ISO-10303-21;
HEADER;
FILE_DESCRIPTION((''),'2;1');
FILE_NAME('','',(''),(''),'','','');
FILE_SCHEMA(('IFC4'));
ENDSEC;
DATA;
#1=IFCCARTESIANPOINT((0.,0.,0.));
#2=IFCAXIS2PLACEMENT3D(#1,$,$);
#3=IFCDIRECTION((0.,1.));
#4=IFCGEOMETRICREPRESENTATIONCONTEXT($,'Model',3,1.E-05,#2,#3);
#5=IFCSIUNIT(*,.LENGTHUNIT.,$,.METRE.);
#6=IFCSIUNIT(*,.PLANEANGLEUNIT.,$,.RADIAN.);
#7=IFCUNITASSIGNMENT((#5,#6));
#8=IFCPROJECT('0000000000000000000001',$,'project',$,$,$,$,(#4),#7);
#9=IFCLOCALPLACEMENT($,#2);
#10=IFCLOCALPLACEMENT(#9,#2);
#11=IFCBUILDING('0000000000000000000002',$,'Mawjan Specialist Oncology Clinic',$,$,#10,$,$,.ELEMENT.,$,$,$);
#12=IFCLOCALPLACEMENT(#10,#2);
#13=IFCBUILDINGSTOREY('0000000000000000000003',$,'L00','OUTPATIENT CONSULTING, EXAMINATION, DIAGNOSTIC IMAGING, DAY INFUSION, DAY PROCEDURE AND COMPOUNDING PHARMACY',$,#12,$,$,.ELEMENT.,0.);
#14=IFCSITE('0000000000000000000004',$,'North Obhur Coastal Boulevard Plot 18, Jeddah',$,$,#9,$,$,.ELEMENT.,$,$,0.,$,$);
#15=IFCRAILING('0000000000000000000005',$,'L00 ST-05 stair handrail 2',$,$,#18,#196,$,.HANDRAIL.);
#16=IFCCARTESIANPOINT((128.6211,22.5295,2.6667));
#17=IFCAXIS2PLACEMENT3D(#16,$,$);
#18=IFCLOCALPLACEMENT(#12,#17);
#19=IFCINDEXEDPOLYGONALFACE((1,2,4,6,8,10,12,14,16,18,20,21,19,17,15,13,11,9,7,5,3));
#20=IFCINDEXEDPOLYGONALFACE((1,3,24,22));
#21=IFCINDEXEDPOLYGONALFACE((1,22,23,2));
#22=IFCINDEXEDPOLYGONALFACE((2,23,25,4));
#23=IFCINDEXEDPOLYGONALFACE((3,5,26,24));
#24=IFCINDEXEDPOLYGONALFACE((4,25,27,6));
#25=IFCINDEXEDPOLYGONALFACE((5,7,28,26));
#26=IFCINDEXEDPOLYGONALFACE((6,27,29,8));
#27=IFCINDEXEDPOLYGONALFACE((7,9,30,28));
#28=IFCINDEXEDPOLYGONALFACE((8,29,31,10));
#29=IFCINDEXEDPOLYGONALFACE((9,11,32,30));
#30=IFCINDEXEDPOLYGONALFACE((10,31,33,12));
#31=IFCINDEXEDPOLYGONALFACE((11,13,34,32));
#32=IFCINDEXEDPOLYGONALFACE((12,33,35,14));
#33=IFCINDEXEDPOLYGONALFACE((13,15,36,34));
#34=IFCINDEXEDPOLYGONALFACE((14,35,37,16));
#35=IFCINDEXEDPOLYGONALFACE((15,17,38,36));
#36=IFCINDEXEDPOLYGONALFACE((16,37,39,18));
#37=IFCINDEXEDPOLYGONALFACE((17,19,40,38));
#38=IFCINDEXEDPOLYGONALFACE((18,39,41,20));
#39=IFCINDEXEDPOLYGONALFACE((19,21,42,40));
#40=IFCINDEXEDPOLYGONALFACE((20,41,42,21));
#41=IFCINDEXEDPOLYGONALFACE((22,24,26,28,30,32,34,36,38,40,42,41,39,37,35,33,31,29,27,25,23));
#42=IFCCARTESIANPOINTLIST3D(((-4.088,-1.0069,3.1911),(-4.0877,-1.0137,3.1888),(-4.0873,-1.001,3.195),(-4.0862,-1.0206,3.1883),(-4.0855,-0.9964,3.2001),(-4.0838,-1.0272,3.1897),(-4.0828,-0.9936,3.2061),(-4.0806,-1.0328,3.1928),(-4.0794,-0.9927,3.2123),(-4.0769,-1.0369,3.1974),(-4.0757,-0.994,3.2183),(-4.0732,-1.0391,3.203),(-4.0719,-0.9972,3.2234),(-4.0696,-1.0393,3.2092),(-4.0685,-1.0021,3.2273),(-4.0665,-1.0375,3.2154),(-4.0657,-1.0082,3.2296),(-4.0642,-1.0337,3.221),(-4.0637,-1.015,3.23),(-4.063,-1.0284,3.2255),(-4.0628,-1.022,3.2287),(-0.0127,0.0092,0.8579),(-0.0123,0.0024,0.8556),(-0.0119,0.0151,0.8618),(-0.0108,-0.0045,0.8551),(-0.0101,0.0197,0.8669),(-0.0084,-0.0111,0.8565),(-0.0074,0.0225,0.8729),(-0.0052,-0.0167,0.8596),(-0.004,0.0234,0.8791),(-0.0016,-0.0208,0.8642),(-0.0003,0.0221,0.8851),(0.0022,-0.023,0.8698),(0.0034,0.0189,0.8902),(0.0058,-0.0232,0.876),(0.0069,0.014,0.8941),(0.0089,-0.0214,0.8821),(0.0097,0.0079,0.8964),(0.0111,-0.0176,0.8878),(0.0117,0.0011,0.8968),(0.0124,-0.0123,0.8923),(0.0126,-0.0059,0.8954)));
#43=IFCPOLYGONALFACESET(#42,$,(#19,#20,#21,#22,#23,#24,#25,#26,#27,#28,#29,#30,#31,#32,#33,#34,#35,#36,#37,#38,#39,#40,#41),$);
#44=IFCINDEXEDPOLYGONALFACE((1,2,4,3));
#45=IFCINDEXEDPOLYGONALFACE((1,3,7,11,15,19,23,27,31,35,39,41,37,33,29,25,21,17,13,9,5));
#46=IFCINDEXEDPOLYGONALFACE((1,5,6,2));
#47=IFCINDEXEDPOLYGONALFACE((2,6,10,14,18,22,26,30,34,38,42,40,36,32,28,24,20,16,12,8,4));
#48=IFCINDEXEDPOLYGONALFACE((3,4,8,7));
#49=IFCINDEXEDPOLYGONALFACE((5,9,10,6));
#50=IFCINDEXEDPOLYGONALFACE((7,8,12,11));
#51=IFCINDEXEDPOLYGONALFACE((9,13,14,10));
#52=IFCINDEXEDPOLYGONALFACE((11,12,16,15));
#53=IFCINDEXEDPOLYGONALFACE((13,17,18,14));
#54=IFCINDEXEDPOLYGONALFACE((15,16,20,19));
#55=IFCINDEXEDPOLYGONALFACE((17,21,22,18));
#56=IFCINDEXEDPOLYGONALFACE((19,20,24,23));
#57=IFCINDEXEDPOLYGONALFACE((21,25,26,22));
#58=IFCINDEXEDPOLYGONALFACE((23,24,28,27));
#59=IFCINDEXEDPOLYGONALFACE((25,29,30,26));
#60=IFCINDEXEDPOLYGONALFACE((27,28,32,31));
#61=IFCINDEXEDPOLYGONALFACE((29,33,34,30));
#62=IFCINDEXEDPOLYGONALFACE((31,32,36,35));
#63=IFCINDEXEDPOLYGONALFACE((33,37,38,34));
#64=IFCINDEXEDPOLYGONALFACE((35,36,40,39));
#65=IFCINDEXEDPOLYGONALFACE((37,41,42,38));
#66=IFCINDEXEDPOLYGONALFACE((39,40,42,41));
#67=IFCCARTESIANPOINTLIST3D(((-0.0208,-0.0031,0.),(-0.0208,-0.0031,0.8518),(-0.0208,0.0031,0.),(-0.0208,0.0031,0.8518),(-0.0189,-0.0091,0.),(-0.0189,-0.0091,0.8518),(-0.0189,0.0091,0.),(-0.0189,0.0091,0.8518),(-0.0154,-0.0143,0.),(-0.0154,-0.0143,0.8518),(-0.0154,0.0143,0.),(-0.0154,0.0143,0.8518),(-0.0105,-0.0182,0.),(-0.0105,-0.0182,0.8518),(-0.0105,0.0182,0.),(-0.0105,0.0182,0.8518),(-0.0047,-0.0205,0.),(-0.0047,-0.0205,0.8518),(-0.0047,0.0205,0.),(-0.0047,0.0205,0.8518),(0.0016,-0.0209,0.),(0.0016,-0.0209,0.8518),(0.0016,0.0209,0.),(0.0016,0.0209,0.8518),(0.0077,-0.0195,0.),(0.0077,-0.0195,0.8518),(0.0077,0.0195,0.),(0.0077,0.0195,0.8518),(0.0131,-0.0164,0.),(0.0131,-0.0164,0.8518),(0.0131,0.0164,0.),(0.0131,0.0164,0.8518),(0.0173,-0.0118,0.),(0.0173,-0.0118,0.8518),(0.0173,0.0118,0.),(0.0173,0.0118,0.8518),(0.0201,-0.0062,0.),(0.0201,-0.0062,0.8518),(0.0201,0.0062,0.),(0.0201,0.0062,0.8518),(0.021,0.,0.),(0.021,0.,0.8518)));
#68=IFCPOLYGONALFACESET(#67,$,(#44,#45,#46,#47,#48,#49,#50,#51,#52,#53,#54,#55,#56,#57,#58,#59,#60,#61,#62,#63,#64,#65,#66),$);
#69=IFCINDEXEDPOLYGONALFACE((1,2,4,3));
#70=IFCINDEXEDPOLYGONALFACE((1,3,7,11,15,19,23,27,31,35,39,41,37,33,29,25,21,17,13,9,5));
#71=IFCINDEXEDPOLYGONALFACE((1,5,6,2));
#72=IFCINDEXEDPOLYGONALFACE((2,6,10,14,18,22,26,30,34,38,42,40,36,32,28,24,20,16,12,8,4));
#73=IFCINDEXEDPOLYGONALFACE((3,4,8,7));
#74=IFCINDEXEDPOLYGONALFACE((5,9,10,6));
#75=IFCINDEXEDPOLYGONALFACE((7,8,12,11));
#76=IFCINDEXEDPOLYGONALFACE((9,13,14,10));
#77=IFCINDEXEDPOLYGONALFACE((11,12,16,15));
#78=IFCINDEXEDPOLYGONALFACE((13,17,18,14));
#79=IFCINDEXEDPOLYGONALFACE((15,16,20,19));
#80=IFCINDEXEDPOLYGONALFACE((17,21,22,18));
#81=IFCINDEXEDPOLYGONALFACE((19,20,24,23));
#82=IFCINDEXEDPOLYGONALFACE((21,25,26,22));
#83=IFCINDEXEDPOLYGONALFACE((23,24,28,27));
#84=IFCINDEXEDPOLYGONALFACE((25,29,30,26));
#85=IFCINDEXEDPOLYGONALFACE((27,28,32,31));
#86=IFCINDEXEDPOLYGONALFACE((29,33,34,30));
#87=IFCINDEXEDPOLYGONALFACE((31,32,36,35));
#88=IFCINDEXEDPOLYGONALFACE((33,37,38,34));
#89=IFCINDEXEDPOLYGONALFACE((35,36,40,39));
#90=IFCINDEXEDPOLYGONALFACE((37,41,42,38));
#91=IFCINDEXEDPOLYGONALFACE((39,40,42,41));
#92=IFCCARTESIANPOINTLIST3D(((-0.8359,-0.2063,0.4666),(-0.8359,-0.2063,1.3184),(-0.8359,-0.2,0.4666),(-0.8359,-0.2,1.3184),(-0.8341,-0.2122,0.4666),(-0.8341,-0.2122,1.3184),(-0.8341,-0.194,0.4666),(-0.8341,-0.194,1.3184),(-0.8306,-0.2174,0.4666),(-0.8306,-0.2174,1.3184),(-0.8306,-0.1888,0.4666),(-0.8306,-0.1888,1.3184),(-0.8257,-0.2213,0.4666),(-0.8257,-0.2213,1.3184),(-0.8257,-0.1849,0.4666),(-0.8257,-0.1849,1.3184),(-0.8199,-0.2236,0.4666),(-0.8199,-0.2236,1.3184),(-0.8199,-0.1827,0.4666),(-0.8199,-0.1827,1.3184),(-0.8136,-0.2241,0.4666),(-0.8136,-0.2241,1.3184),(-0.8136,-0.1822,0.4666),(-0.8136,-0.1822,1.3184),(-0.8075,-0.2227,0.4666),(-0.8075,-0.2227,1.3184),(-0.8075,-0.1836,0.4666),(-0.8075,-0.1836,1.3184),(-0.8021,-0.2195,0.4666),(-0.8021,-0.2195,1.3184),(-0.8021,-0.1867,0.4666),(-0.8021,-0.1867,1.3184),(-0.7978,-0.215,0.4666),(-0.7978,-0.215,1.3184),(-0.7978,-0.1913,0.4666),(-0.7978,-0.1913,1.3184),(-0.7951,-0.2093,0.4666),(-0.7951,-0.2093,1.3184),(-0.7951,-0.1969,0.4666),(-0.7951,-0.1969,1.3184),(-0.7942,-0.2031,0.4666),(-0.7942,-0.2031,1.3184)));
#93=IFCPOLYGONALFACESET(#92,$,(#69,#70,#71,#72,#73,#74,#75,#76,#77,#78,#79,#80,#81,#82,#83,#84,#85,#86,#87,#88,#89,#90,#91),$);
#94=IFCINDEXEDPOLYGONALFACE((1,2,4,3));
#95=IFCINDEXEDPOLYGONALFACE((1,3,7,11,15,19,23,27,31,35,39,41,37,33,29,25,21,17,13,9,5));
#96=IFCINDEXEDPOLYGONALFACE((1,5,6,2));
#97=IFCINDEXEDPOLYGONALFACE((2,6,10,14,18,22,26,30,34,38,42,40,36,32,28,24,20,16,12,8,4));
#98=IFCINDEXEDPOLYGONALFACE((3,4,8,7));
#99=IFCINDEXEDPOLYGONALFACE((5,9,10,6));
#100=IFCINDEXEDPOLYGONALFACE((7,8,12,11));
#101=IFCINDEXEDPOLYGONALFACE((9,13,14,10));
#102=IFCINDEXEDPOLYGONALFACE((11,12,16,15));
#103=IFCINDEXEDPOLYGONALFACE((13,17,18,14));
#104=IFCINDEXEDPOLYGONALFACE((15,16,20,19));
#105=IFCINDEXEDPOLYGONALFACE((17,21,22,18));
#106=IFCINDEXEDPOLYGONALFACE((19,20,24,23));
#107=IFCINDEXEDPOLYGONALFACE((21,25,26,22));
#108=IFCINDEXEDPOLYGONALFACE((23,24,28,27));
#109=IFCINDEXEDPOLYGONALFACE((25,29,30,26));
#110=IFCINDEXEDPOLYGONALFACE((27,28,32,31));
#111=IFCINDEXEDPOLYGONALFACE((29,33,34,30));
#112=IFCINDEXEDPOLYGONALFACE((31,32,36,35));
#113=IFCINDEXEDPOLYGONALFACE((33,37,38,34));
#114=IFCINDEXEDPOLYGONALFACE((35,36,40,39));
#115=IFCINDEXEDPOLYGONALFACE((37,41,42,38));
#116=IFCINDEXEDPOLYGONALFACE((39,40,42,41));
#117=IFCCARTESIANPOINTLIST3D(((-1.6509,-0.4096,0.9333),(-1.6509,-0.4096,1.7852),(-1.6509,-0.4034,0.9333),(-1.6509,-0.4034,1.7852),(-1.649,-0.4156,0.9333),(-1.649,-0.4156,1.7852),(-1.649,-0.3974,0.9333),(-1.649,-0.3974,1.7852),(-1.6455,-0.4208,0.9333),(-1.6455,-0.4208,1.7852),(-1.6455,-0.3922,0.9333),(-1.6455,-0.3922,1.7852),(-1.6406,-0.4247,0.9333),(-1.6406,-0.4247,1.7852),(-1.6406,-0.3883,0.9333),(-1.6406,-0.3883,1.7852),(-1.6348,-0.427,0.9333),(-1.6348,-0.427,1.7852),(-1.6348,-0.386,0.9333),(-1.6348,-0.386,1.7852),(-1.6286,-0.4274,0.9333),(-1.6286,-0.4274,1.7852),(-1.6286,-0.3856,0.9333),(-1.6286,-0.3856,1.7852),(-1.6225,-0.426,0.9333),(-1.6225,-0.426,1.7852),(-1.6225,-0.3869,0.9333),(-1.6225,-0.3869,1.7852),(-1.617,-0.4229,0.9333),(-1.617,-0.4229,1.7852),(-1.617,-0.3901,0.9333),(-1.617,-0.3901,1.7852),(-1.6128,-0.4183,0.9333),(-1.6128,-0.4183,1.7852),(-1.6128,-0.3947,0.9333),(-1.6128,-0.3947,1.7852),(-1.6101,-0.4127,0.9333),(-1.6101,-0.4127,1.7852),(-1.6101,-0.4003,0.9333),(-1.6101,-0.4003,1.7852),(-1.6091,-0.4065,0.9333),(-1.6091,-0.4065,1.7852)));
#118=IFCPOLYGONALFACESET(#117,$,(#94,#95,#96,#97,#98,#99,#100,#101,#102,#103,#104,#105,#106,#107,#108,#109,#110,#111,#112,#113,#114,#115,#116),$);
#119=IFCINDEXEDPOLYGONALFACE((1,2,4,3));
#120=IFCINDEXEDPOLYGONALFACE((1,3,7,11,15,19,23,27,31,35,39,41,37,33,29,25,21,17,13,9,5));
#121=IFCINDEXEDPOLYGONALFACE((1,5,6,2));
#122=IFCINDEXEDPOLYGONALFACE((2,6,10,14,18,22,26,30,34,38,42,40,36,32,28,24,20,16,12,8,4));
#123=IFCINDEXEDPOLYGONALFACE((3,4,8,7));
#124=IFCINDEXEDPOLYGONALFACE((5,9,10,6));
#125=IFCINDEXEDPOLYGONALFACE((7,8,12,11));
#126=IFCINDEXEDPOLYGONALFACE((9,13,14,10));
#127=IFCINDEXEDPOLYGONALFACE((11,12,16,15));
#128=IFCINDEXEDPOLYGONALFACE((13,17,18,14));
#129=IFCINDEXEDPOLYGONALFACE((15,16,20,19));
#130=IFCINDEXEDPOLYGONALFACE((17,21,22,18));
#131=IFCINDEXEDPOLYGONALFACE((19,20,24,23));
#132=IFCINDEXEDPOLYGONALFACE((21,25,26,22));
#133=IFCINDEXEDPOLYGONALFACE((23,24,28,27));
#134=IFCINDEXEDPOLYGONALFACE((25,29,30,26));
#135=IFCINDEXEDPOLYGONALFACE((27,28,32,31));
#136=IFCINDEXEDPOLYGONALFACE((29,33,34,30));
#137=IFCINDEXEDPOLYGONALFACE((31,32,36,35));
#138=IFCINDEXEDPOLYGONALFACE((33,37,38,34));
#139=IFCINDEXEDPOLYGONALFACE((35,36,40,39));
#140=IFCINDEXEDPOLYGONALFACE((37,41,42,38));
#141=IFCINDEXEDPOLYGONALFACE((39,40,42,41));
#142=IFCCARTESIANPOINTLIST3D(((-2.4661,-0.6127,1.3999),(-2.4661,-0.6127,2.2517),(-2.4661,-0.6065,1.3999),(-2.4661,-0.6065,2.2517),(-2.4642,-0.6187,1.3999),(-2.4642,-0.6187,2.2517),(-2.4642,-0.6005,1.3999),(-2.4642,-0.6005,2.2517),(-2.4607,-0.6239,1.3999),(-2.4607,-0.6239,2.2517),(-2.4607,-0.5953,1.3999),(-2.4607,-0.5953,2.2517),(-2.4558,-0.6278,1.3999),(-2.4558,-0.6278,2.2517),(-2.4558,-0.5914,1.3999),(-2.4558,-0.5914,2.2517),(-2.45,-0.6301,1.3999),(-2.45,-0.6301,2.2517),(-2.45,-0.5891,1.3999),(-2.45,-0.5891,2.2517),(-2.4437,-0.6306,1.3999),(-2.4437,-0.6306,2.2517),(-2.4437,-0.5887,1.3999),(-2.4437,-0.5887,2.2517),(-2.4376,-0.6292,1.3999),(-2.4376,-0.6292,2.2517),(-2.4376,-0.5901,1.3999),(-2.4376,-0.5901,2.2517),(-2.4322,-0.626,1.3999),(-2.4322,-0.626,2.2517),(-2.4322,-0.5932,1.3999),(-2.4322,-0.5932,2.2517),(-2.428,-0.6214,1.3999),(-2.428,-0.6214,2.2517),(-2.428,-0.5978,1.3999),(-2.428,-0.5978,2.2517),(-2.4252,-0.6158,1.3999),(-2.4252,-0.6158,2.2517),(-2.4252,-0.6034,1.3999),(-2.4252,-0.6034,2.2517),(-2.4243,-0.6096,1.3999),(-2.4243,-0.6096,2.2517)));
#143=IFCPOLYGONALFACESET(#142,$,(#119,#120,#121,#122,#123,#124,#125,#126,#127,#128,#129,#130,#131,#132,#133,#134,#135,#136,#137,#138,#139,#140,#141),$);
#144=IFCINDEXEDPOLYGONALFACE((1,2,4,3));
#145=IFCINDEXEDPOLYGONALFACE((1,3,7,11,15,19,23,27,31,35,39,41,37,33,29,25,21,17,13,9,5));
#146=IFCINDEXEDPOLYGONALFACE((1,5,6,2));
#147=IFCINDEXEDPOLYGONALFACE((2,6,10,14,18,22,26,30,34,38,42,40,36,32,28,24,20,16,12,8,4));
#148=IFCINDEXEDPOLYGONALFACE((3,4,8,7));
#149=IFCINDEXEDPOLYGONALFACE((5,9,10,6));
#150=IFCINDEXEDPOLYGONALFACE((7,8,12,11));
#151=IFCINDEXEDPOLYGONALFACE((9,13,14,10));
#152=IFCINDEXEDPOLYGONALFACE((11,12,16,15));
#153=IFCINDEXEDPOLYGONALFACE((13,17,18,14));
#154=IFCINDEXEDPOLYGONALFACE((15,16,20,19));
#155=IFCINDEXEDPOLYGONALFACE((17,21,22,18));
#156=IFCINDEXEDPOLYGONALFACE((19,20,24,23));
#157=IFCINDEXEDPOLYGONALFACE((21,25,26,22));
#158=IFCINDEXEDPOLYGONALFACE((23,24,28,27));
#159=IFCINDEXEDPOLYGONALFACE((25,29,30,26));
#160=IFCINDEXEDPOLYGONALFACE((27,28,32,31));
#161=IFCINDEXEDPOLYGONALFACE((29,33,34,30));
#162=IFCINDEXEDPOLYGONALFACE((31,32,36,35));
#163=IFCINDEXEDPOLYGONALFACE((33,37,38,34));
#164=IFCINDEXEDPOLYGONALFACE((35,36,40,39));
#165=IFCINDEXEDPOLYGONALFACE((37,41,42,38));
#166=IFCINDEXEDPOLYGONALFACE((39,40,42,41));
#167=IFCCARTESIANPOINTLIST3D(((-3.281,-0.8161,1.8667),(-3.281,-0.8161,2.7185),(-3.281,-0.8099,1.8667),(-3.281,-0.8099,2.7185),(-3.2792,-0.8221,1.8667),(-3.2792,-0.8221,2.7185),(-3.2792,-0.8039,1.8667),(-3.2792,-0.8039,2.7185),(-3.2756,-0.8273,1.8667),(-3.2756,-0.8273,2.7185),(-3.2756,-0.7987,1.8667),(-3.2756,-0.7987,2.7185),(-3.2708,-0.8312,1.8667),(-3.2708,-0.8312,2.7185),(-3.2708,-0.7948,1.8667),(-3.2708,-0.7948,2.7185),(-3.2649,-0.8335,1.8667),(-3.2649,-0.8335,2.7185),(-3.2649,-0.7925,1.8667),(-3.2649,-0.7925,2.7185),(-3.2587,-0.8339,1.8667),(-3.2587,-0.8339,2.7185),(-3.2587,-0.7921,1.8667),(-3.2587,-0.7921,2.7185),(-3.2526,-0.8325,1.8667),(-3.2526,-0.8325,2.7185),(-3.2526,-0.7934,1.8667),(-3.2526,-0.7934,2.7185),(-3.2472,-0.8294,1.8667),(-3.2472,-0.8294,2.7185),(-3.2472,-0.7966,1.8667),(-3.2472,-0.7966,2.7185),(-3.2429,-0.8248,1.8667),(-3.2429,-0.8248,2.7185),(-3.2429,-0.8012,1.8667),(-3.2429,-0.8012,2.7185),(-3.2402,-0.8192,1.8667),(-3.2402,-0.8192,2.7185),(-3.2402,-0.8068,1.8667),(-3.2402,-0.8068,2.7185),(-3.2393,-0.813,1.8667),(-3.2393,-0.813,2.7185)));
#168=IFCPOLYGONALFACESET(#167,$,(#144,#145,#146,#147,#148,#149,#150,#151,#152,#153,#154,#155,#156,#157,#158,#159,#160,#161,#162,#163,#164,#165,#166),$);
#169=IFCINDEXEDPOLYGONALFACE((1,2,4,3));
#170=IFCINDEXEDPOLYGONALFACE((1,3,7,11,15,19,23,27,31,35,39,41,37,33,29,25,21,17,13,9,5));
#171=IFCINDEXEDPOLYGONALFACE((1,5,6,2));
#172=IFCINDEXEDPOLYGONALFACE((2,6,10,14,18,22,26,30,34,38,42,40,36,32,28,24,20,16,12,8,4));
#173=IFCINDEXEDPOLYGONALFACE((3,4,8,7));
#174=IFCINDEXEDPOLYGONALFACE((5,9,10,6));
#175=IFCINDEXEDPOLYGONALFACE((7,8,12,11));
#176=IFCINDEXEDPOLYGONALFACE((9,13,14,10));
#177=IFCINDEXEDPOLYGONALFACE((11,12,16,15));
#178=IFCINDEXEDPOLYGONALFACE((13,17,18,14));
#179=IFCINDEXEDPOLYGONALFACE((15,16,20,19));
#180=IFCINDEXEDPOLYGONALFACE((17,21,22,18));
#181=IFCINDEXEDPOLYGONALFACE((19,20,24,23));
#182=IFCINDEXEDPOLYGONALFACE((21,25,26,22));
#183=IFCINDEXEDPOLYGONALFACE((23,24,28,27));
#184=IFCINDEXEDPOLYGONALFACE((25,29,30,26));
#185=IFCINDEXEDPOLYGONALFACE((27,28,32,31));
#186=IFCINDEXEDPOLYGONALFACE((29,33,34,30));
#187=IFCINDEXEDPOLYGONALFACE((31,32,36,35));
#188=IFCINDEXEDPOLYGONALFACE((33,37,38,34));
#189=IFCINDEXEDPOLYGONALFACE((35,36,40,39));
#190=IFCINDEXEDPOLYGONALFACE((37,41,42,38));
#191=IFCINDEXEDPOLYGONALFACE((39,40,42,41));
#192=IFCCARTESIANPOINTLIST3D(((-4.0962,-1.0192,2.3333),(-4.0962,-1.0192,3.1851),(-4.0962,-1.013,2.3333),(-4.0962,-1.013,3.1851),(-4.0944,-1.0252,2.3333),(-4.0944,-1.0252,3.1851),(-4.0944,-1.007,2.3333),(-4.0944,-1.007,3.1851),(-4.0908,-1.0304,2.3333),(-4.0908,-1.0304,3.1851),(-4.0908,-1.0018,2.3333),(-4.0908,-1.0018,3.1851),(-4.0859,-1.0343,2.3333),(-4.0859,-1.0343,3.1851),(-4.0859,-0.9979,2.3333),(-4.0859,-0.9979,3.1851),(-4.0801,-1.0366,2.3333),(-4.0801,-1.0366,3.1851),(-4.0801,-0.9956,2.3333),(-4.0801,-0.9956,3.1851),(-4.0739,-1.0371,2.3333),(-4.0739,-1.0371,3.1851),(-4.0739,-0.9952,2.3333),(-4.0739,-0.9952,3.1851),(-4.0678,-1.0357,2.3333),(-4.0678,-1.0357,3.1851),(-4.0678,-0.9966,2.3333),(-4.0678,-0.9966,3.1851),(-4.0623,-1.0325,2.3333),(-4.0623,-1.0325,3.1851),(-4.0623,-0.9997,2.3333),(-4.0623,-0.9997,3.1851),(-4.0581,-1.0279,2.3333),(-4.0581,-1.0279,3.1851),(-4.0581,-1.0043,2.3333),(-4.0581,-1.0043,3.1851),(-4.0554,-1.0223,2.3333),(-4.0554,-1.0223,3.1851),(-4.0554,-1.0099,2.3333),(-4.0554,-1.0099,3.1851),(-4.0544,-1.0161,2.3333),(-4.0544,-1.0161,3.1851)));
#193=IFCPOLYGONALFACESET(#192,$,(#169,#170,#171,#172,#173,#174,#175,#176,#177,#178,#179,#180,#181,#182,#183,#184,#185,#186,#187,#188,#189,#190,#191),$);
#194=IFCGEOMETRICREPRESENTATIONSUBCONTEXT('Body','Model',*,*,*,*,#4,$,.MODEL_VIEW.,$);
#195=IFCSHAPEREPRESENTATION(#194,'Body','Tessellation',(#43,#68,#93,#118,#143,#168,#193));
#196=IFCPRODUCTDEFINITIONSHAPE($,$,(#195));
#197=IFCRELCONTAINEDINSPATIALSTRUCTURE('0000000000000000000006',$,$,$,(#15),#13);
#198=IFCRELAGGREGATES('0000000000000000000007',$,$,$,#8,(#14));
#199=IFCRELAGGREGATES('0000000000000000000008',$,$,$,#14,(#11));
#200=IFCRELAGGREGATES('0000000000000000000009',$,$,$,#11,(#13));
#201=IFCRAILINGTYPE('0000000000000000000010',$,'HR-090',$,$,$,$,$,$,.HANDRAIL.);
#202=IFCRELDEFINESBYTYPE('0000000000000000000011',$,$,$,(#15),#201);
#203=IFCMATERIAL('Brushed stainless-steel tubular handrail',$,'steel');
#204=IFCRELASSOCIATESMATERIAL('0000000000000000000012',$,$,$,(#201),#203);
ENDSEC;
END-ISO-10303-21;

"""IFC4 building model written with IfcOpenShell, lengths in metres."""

from ifc_helpers import new_model, si_unit, direction, frame, origin, origin_2d, place, context, subcontext, project, spatial, circle, extrude, material, type_object, element, save


model = new_model("IFC4")

# Units and contexts
model_context = context("Model", 3, precision=1e-05, world=origin(), true_north=direction((0.0, 1.0)))
body_context = subcontext(model_context, "Body", "Model", "MODEL_VIEW")
ifc_project = project(units=[si_unit("LENGTHUNIT", "METRE"), si_unit("PLANEANGLEUNIT", "RADIAN")], contexts=[model_context])

# Site, building, storey
site_placement = place(None, origin())
site = spatial("IfcSite", under=ifc_project, at=site_placement, Name="North Obhur Coastal Boulevard Plot 18, Jeddah", CompositionType="ELEMENT", RefElevation=0.0)
building_placement = place(site_placement, origin())
building = spatial("IfcBuilding", under=site, at=building_placement, Name="Mawjan Specialist Oncology Clinic", CompositionType="ELEMENT")
storey_placement = place(building_placement, origin())
storey = spatial("IfcBuildingStorey", under=building, at=storey_placement, Name="L00", Description="OUTPATIENT CONSULTING, EXAMINATION, DIAGNOSTIC IMAGING, DAY INFUSION, DAY PROCEDURE AND COMPOUNDING PHARMACY", CompositionType="ELEMENT", Elevation=0.0)

# Railing
ifc_material_1 = material(Name="Brushed stainless-steel tubular handrail", Category="steel")
railing_type_1 = type_object("IfcRailingType", Name="HR-090", PredefinedType="HANDRAIL", material=ifc_material_1)
railing_1_placement = place(storey_placement, frame((128.6211, 22.5295, 2.6667)))
element("IfcRailing", 1, at=railing_1_placement, inside=storey, type_object=railing_type_1, Name="L00 ST-05 stair handrail 2", PredefinedType="HANDRAIL", context=body_context, shape_type="SweptSolid", body=[
    extrude(circle(Radius=0.0239, at=origin_2d()), frame((0.0, 0.0, 0.876), z_axis=(-0.848208, -0.21148, 0.485612), x_axis=(0.24192, -0.970296, 0.0)), (0.0, 0.0, 1.0), 4.8047),
    extrude(circle(Radius=0.021, at=origin_2d()), origin(), (0.0, 0.0, 1.0), 0.8518),
    extrude(circle(Radius=0.021, at=origin_2d()), frame((-0.8152, -0.2031, 0.4666)), (0.0, 0.0, 1.0), 0.8518),
    extrude(circle(Radius=0.021, at=origin_2d()), frame((-1.6301, -0.4065, 0.9333)), (0.0, 0.0, 1.0), 0.8518),
    extrude(circle(Radius=0.021, at=origin_2d()), frame((-2.4453, -0.6096, 1.3999)), (0.0, 0.0, 1.0), 0.8518),
    extrude(circle(Radius=0.021, at=origin_2d()), frame((-3.2603, -0.813, 1.8667)), (0.0, 0.0, 1.0), 0.8518),
    extrude(circle(Radius=0.021, at=origin_2d()), frame((-4.0754, -1.0161, 2.3333)), (0.0, 0.0, 1.0), 0.8518),
])

save(model, "model.ifc")
